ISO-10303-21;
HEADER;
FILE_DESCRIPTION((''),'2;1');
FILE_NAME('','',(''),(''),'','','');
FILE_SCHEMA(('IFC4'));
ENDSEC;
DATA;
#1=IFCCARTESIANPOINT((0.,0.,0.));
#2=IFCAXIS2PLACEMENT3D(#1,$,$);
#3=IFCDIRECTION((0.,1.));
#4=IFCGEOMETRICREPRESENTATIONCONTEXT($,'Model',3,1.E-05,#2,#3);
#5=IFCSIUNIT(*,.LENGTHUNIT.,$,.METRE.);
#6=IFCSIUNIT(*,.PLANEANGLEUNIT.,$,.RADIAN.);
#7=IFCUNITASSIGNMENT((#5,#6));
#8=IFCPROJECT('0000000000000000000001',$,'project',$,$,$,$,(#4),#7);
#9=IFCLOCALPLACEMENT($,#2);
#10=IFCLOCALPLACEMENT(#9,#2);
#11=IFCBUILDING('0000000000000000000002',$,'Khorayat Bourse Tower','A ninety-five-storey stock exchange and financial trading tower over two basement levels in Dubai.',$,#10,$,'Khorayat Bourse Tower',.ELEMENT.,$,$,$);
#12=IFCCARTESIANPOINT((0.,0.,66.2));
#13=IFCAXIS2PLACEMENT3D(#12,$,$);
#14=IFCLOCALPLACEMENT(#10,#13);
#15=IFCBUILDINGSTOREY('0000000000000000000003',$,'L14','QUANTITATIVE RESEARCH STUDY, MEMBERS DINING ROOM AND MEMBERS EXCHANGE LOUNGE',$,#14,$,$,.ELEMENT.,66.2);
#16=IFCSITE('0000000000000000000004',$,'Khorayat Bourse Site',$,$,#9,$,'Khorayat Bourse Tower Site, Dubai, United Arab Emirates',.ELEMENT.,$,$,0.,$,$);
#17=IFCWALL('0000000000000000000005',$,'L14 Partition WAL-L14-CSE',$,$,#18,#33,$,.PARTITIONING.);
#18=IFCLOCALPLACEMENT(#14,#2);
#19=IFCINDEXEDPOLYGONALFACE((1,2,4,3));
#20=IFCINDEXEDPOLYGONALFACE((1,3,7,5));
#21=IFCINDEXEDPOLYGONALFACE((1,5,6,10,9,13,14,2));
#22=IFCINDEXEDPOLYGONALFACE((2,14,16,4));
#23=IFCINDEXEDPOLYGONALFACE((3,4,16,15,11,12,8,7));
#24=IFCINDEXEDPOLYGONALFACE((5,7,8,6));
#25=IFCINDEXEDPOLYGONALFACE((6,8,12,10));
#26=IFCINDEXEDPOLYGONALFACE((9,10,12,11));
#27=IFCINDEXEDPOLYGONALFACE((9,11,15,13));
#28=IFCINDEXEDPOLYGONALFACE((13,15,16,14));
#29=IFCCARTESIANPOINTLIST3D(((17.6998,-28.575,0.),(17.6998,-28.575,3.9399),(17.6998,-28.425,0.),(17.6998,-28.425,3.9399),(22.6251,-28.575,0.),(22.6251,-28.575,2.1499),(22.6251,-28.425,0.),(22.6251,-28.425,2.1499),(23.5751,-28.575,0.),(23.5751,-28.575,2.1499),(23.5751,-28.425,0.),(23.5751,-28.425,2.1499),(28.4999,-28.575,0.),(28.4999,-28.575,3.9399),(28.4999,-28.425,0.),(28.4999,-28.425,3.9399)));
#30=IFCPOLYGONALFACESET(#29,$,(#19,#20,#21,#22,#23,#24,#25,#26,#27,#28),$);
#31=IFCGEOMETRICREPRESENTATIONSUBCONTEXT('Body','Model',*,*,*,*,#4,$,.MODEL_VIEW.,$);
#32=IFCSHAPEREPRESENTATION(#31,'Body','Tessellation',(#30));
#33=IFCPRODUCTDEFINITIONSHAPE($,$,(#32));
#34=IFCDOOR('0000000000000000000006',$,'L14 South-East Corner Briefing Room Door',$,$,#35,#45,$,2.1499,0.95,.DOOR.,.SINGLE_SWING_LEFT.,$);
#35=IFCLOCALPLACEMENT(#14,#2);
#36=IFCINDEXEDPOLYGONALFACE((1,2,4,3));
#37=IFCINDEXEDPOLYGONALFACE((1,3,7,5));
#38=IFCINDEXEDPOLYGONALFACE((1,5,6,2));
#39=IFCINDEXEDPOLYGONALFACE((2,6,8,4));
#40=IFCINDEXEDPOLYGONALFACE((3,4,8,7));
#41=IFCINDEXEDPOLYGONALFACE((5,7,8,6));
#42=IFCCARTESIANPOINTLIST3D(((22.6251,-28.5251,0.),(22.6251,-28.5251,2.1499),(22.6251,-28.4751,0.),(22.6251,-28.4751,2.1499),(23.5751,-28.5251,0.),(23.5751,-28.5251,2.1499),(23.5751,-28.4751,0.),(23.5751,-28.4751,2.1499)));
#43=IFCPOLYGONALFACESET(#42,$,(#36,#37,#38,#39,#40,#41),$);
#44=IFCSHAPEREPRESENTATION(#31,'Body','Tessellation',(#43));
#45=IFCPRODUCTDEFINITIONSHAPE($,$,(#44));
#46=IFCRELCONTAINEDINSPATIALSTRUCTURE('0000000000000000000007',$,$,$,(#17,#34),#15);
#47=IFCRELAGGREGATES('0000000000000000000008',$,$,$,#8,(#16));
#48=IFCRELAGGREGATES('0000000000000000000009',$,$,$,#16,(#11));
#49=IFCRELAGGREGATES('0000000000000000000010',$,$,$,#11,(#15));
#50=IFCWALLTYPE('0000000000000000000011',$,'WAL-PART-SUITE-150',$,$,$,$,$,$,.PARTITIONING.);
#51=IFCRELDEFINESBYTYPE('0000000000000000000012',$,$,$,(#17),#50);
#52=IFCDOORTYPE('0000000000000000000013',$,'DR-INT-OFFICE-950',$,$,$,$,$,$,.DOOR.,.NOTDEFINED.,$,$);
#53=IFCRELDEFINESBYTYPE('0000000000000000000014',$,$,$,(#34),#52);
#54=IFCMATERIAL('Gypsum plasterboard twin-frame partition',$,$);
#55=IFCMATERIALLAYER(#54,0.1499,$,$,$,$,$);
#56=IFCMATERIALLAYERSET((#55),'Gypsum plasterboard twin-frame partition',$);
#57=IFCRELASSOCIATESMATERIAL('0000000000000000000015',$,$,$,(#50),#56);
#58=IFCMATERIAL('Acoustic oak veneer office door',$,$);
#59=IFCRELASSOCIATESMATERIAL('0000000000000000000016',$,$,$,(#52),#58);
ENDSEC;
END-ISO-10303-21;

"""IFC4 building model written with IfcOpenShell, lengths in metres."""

from ifc_helpers import new_model, si_unit, direction, frame, frame_2d, origin, place, context, subcontext, project, spatial, rectangle, extrude, source, transform, mapped, material, layer, layer_set, type_object, element, fill, save


model = new_model("IFC4")

# Units and contexts
model_context = context("Model", 3, precision=1e-05, world=origin(), true_north=direction((0.0, 1.0)))
body_context = subcontext(model_context, "Body", "Model", "MODEL_VIEW")
ifc_project = project(units=[si_unit("LENGTHUNIT", "METRE"), si_unit("PLANEANGLEUNIT", "RADIAN")], contexts=[model_context])

# Site, building, storey
site_placement = place(None, origin())
site = spatial("IfcSite", under=ifc_project, at=site_placement, Name="Khorayat Bourse Site", LongName="Khorayat Bourse Tower Site, Dubai, United Arab Emirates", CompositionType="ELEMENT", RefElevation=0.0)
building_placement = place(site_placement, origin())
building = spatial("IfcBuilding", under=site, at=building_placement, Name="Khorayat Bourse Tower", Description="A ninety-five-storey stock exchange and financial trading tower over two basement levels in Dubai.", LongName="Khorayat Bourse Tower", CompositionType="ELEMENT")
storey_placement = place(building_placement, frame((0.0, 0.0, 66.2)))
storey = spatial("IfcBuildingStorey", under=building, at=storey_placement, Name="L14", Description="QUANTITATIVE RESEARCH STUDY, MEMBERS DINING ROOM AND MEMBERS EXCHANGE LOUNGE", CompositionType="ELEMENT", Elevation=66.2)

# Shared definitions
ifc_material_1 = material(Name="Gypsum plasterboard twin-frame partition")
ifc_layer_1 = layer(ifc_material_1, 0.1499)
ifc_layer_set_1 = layer_set([ifc_layer_1], Name="Gypsum plasterboard twin-frame partition")
wall_type_1 = type_object("IfcWallType", Name="WAL-PART-SUITE-150", PredefinedType="PARTITIONING", material=ifc_layer_set_1)

# Shared definitions
ifc_material_2 = material(Name="Acoustic oak veneer office door")
door_type = type_object("IfcDoorType", Name="DR-INT-OFFICE-950", OperationType="NOTDEFINED", PredefinedType="DOOR", material=ifc_material_2)
shared_shape_1 = source(origin(), body_context, "Body", "SweptSolid", [
    extrude(rectangle(XDim=0.95, YDim=2.1499, at=frame_2d((0.4751, 1.075))), frame((0.0, 0.0249, 0.0), z_axis=(0.0, -1.0, 0.0), x_axis=(1.0, 0.0, 0.0)), (0.0, 0.0, 1.0), 0.05),
])

# Wall, opening, door
shared_shape_2 = source(origin(), body_context, "Body", "SweptSolid", [
    extrude(rectangle(XDim=10.8, YDim=0.1499, at=frame_2d((5.3999, 0.0))), origin(), (0.0, 0.0, 1.0), 3.9399),
])
wall_1_placement = place(storey_placement, frame((17.7, -28.5, 0.0), z_axis=(0.0, 0.0, 1.0), x_axis=(1.0, 0.0, 0.0)))
wall_1 = element("IfcWall", 1, at=wall_1_placement, inside=storey, type_object=wall_type_1, Name="L14 Partition WAL-L14-CSE", PredefinedType="PARTITIONING", context=body_context, shape_type="MappedRepresentation", body=[
    mapped(shared_shape_2, transform((0.0, 0.0, 0.0), scale=1.0)),
])
shared_shape_3 = source(origin(), body_context, "Body", "SweptSolid", [
    extrude(rectangle(XDim=0.95, YDim=2.1499, at=frame_2d((0.4751, 1.075))), frame((0.0, 0.085, 0.0), z_axis=(0.0, -1.0, 0.0), x_axis=(1.0, 0.0, 0.0)), (0.0, 0.0, 1.0), 0.1699),
])
opening_1_placement = place(wall_1_placement, frame((4.925, 0.0, 0.0)))
opening_1 = element("IfcOpeningElement", 2, at=opening_1_placement, cuts=wall_1, PredefinedType="OPENING", context=body_context, shape_type="MappedRepresentation", body=[
    mapped(shared_shape_3, transform((0.0, 0.0, 0.0), scale=1.0)),
])
door_1_placement = place(opening_1_placement, origin())
door_1 = element("IfcDoor", 3, at=door_1_placement, inside=storey, type_object=door_type, Name="L14 South-East Corner Briefing Room Door", OperationType="SINGLE_SWING_LEFT", OverallHeight=2.1499, OverallWidth=0.95, PredefinedType="DOOR", context=body_context, shape_type="MappedRepresentation", body=[
    mapped(shared_shape_1, transform((0.0, 0.0, 0.0), scale=1.0)),
])
fill(opening_1, door_1)

save(model, "model.ifc")
